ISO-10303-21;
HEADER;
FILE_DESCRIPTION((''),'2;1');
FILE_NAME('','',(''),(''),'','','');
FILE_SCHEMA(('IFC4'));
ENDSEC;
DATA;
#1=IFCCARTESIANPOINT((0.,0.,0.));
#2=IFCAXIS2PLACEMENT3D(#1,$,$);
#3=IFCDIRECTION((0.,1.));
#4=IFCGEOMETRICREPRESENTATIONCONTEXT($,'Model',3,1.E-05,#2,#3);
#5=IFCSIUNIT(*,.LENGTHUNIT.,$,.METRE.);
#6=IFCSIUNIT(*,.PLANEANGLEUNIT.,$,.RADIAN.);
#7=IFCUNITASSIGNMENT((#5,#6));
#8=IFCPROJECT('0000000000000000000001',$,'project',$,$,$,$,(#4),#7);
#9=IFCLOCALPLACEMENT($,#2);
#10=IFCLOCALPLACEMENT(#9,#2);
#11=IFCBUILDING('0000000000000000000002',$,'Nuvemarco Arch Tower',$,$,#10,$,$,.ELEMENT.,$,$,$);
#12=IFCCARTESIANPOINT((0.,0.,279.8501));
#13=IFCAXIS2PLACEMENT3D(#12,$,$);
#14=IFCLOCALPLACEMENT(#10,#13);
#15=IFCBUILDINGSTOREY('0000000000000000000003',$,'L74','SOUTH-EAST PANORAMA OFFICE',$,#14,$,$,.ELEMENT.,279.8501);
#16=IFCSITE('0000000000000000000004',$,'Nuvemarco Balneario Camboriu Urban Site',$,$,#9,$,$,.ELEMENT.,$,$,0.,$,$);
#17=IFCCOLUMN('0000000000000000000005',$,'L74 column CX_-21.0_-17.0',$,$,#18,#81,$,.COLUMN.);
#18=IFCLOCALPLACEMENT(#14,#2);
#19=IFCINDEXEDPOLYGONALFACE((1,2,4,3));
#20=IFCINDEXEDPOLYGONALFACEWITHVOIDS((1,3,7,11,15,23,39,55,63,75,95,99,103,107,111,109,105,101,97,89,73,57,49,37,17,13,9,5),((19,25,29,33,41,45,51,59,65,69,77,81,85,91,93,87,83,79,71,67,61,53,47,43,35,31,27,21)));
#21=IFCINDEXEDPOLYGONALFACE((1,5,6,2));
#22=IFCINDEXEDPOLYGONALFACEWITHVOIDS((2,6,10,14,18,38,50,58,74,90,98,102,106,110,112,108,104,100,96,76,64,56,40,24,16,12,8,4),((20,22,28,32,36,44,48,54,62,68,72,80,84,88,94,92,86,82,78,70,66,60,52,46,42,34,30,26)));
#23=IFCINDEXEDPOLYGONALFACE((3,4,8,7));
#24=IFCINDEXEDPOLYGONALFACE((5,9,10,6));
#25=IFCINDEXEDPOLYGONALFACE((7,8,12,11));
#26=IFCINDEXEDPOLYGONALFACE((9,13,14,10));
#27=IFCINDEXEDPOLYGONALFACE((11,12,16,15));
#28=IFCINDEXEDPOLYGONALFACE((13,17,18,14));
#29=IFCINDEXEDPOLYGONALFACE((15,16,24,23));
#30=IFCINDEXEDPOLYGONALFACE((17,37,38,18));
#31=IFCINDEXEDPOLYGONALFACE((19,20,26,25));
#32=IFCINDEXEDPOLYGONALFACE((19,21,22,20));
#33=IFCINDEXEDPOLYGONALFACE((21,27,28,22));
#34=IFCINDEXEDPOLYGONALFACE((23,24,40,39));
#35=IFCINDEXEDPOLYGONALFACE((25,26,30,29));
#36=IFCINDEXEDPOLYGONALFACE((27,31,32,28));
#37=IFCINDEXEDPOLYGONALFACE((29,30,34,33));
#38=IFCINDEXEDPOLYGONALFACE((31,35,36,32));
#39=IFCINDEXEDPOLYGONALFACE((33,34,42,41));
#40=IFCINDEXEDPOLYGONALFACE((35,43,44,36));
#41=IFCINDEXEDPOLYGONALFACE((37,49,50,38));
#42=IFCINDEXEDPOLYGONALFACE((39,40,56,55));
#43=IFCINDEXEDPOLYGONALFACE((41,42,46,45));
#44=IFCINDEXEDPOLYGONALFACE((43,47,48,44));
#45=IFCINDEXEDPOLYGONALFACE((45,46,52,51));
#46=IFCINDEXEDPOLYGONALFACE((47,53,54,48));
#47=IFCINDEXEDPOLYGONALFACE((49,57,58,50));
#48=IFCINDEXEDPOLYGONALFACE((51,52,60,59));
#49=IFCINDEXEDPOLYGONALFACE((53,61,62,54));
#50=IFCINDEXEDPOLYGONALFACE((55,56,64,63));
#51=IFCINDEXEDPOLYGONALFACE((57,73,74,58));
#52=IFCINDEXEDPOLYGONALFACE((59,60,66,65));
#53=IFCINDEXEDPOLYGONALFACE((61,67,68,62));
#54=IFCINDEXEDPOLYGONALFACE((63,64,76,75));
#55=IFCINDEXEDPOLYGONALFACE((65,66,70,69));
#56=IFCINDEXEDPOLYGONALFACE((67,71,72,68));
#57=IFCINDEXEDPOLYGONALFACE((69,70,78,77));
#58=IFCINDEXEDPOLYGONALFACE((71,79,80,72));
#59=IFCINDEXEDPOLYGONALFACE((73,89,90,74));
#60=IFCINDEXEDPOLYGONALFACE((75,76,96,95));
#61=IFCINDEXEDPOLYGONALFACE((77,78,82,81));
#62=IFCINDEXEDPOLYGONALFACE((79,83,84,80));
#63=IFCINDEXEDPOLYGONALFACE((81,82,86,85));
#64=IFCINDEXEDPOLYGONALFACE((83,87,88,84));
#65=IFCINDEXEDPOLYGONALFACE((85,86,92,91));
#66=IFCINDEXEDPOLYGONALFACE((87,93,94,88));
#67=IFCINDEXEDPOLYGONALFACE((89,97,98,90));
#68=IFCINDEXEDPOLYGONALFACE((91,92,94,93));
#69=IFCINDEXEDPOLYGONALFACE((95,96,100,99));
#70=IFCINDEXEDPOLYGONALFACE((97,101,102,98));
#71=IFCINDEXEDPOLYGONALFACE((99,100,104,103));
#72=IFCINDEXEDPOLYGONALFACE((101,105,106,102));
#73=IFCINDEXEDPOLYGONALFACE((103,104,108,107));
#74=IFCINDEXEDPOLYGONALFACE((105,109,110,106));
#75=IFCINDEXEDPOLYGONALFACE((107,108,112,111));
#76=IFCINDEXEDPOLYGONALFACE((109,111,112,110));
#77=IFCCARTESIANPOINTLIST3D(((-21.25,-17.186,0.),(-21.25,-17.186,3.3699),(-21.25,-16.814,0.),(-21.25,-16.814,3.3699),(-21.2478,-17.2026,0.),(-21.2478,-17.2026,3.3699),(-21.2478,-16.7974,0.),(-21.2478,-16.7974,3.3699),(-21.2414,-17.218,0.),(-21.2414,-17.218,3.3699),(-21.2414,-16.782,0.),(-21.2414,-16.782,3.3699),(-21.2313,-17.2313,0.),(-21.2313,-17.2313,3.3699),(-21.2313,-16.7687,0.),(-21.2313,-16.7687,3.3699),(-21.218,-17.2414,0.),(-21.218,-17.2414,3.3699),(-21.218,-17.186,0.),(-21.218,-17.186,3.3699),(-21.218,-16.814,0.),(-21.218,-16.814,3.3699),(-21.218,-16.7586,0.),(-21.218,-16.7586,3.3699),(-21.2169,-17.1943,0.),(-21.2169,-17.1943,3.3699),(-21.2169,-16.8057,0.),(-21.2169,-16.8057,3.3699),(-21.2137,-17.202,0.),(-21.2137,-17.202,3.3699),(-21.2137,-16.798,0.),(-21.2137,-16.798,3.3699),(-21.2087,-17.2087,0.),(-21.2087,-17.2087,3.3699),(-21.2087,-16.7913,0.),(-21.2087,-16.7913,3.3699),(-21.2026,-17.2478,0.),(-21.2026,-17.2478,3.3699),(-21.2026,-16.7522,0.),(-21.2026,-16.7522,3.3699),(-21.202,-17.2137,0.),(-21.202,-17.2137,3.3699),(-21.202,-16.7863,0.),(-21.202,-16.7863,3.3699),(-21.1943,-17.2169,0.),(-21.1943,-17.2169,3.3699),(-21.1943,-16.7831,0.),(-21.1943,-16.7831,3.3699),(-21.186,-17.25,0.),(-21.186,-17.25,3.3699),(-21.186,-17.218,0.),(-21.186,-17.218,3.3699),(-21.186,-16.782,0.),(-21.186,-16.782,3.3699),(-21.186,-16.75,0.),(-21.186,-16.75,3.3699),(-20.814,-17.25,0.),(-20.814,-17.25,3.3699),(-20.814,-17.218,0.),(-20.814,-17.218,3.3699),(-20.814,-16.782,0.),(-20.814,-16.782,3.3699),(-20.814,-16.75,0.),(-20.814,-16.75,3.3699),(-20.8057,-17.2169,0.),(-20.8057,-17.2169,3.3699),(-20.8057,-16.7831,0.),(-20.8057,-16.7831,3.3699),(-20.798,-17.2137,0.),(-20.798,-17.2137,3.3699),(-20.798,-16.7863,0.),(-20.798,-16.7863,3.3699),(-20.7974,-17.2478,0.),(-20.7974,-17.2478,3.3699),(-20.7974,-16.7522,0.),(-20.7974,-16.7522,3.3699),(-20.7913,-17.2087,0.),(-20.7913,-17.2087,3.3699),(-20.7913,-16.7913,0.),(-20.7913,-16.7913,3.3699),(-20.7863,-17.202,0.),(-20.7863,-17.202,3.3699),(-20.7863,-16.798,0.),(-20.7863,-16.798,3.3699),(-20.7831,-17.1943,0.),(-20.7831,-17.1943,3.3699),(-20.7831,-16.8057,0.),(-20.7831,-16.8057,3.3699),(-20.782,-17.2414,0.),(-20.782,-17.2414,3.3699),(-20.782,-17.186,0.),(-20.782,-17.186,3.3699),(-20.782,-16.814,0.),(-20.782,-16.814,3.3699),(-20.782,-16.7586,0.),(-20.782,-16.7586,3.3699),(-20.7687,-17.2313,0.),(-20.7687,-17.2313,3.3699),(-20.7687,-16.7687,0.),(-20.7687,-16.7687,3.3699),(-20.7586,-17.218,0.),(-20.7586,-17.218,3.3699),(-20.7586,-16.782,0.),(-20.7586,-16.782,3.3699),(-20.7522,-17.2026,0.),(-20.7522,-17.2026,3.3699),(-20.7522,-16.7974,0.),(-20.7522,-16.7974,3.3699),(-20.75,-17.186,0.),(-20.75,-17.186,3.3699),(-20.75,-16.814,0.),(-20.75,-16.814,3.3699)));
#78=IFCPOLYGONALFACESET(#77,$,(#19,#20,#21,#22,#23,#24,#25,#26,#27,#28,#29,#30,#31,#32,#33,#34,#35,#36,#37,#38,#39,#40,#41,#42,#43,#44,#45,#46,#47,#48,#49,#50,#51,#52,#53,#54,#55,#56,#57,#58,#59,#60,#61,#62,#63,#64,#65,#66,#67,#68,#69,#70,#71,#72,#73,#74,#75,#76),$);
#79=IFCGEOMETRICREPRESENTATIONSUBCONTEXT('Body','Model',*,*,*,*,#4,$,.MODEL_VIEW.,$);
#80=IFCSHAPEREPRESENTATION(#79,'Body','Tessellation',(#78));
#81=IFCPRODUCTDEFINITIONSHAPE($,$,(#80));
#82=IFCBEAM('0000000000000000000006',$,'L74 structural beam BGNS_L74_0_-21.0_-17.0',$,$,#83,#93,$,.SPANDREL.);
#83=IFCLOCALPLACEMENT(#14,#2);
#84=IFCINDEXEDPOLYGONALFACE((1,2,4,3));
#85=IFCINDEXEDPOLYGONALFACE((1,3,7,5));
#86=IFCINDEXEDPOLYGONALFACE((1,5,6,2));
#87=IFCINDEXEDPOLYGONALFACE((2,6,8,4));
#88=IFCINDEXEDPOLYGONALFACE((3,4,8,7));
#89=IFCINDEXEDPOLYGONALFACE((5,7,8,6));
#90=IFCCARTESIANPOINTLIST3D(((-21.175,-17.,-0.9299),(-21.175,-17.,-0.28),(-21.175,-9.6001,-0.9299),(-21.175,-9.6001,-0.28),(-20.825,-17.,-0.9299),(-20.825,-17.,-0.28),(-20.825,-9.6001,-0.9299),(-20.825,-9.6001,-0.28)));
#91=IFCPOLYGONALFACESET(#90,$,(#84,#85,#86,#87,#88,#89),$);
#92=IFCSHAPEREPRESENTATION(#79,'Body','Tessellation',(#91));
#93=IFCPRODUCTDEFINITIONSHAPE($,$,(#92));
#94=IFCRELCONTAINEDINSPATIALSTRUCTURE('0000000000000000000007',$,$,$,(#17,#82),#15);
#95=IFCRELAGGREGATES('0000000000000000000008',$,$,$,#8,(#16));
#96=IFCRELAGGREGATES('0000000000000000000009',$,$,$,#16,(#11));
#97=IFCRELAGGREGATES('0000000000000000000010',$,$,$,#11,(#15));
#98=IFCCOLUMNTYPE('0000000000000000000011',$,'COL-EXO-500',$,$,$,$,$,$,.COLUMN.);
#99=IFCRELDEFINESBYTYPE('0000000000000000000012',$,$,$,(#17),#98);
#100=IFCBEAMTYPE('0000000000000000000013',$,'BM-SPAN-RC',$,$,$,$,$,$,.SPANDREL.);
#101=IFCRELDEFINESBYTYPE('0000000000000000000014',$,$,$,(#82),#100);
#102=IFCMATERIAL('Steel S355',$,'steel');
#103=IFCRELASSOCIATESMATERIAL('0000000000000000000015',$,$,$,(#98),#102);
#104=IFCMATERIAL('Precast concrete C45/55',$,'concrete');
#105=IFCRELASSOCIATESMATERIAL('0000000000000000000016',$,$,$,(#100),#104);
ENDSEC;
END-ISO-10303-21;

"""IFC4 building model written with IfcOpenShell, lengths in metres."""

from ifc_helpers import new_model, si_unit, direction, frame, origin, origin_2d, place, context, subcontext, project, spatial, rectangle, hollow_rectangle, extrude, material, material_profile, profile_set, type_object, element, save


model = new_model("IFC4")

# Units and contexts
model_context = context("Model", 3, precision=1e-05, world=origin(), true_north=direction((0.0, 1.0)))
body_context = subcontext(model_context, "Body", "Model", "MODEL_VIEW")
ifc_project = project(units=[si_unit("LENGTHUNIT", "METRE"), si_unit("PLANEANGLEUNIT", "RADIAN")], contexts=[model_context])

# Site, building, storey
site_placement = place(None, origin())
site = spatial("IfcSite", under=ifc_project, at=site_placement, Name="Nuvemarco Balneario Camboriu Urban Site", CompositionType="ELEMENT", RefElevation=0.0)
building_placement = place(site_placement, origin())
building = spatial("IfcBuilding", under=site, at=building_placement, Name="Nuvemarco Arch Tower", CompositionType="ELEMENT")
storey_placement = place(building_placement, frame((0.0, 0.0, 279.8501)))
storey = spatial("IfcBuildingStorey", under=building, at=storey_placement, Name="L74", Description="SOUTH-EAST PANORAMA OFFICE", CompositionType="ELEMENT", Elevation=279.8501)

# Column
ifc_material_1 = material(Name="Steel S355", Category="steel")
ifc_material_profile_1 = material_profile(ifc_material_1, hollow_rectangle(XDim=0.5, YDim=0.5, WallThickness=0.032, InnerFilletRadius=0.032, OuterFilletRadius=0.064, at=origin_2d()), Name="SHS500x500x32")
ifc_profile_set_1 = profile_set([ifc_material_profile_1], Name="Steel S355")
column_type = type_object("IfcColumnType", Name="COL-EXO-500", PredefinedType="COLUMN", material=ifc_profile_set_1)
column_placement = place(storey_placement, frame((-21.0, -17.0, 0.0), z_axis=(0.0, 0.0, 1.0), x_axis=(1.0, 0.0, 0.0)))
element("IfcColumn", 1, at=column_placement, inside=storey, type_object=column_type, Name="L74 column CX_-21.0_-17.0", PredefinedType="COLUMN", context=body_context, shape_type="SweptSolid", body=[
    extrude(hollow_rectangle(XDim=0.5, YDim=0.5, WallThickness=0.032, InnerFilletRadius=0.032, OuterFilletRadius=0.064, at=origin_2d()), origin(), (0.0, 0.0, 1.0), 3.3699),
])

# Beam
ifc_material_2 = material(Name="Precast concrete C45/55", Category="concrete")
ifc_material_profile_2 = material_profile(ifc_material_2, rectangle(XDim=0.3501, YDim=0.6499, at=origin_2d()), Name="PC-SP-350x650")
ifc_profile_set_2 = profile_set([ifc_material_profile_2], Name="Precast concrete C45/55")
beam_type = type_object("IfcBeamType", Name="BM-SPAN-RC", PredefinedType="SPANDREL", material=ifc_profile_set_2)
beam_placement = place(storey_placement, frame((-21.0, -17.0, -0.605), z_axis=(0.0, 1.0, 0.0), x_axis=(-1.0, 0.0, 0.0)))
element("IfcBeam", 2, at=beam_placement, inside=storey, type_object=beam_type, Name="L74 structural beam BGNS_L74_0_-21.0_-17.0", PredefinedType="SPANDREL", context=body_context, shape_type="SweptSolid", body=[
    extrude(rectangle(XDim=0.3501, YDim=0.6499, at=origin_2d()), origin(), (0.0, 0.0, 1.0), 7.3999),
])

save(model, "model.ifc")
